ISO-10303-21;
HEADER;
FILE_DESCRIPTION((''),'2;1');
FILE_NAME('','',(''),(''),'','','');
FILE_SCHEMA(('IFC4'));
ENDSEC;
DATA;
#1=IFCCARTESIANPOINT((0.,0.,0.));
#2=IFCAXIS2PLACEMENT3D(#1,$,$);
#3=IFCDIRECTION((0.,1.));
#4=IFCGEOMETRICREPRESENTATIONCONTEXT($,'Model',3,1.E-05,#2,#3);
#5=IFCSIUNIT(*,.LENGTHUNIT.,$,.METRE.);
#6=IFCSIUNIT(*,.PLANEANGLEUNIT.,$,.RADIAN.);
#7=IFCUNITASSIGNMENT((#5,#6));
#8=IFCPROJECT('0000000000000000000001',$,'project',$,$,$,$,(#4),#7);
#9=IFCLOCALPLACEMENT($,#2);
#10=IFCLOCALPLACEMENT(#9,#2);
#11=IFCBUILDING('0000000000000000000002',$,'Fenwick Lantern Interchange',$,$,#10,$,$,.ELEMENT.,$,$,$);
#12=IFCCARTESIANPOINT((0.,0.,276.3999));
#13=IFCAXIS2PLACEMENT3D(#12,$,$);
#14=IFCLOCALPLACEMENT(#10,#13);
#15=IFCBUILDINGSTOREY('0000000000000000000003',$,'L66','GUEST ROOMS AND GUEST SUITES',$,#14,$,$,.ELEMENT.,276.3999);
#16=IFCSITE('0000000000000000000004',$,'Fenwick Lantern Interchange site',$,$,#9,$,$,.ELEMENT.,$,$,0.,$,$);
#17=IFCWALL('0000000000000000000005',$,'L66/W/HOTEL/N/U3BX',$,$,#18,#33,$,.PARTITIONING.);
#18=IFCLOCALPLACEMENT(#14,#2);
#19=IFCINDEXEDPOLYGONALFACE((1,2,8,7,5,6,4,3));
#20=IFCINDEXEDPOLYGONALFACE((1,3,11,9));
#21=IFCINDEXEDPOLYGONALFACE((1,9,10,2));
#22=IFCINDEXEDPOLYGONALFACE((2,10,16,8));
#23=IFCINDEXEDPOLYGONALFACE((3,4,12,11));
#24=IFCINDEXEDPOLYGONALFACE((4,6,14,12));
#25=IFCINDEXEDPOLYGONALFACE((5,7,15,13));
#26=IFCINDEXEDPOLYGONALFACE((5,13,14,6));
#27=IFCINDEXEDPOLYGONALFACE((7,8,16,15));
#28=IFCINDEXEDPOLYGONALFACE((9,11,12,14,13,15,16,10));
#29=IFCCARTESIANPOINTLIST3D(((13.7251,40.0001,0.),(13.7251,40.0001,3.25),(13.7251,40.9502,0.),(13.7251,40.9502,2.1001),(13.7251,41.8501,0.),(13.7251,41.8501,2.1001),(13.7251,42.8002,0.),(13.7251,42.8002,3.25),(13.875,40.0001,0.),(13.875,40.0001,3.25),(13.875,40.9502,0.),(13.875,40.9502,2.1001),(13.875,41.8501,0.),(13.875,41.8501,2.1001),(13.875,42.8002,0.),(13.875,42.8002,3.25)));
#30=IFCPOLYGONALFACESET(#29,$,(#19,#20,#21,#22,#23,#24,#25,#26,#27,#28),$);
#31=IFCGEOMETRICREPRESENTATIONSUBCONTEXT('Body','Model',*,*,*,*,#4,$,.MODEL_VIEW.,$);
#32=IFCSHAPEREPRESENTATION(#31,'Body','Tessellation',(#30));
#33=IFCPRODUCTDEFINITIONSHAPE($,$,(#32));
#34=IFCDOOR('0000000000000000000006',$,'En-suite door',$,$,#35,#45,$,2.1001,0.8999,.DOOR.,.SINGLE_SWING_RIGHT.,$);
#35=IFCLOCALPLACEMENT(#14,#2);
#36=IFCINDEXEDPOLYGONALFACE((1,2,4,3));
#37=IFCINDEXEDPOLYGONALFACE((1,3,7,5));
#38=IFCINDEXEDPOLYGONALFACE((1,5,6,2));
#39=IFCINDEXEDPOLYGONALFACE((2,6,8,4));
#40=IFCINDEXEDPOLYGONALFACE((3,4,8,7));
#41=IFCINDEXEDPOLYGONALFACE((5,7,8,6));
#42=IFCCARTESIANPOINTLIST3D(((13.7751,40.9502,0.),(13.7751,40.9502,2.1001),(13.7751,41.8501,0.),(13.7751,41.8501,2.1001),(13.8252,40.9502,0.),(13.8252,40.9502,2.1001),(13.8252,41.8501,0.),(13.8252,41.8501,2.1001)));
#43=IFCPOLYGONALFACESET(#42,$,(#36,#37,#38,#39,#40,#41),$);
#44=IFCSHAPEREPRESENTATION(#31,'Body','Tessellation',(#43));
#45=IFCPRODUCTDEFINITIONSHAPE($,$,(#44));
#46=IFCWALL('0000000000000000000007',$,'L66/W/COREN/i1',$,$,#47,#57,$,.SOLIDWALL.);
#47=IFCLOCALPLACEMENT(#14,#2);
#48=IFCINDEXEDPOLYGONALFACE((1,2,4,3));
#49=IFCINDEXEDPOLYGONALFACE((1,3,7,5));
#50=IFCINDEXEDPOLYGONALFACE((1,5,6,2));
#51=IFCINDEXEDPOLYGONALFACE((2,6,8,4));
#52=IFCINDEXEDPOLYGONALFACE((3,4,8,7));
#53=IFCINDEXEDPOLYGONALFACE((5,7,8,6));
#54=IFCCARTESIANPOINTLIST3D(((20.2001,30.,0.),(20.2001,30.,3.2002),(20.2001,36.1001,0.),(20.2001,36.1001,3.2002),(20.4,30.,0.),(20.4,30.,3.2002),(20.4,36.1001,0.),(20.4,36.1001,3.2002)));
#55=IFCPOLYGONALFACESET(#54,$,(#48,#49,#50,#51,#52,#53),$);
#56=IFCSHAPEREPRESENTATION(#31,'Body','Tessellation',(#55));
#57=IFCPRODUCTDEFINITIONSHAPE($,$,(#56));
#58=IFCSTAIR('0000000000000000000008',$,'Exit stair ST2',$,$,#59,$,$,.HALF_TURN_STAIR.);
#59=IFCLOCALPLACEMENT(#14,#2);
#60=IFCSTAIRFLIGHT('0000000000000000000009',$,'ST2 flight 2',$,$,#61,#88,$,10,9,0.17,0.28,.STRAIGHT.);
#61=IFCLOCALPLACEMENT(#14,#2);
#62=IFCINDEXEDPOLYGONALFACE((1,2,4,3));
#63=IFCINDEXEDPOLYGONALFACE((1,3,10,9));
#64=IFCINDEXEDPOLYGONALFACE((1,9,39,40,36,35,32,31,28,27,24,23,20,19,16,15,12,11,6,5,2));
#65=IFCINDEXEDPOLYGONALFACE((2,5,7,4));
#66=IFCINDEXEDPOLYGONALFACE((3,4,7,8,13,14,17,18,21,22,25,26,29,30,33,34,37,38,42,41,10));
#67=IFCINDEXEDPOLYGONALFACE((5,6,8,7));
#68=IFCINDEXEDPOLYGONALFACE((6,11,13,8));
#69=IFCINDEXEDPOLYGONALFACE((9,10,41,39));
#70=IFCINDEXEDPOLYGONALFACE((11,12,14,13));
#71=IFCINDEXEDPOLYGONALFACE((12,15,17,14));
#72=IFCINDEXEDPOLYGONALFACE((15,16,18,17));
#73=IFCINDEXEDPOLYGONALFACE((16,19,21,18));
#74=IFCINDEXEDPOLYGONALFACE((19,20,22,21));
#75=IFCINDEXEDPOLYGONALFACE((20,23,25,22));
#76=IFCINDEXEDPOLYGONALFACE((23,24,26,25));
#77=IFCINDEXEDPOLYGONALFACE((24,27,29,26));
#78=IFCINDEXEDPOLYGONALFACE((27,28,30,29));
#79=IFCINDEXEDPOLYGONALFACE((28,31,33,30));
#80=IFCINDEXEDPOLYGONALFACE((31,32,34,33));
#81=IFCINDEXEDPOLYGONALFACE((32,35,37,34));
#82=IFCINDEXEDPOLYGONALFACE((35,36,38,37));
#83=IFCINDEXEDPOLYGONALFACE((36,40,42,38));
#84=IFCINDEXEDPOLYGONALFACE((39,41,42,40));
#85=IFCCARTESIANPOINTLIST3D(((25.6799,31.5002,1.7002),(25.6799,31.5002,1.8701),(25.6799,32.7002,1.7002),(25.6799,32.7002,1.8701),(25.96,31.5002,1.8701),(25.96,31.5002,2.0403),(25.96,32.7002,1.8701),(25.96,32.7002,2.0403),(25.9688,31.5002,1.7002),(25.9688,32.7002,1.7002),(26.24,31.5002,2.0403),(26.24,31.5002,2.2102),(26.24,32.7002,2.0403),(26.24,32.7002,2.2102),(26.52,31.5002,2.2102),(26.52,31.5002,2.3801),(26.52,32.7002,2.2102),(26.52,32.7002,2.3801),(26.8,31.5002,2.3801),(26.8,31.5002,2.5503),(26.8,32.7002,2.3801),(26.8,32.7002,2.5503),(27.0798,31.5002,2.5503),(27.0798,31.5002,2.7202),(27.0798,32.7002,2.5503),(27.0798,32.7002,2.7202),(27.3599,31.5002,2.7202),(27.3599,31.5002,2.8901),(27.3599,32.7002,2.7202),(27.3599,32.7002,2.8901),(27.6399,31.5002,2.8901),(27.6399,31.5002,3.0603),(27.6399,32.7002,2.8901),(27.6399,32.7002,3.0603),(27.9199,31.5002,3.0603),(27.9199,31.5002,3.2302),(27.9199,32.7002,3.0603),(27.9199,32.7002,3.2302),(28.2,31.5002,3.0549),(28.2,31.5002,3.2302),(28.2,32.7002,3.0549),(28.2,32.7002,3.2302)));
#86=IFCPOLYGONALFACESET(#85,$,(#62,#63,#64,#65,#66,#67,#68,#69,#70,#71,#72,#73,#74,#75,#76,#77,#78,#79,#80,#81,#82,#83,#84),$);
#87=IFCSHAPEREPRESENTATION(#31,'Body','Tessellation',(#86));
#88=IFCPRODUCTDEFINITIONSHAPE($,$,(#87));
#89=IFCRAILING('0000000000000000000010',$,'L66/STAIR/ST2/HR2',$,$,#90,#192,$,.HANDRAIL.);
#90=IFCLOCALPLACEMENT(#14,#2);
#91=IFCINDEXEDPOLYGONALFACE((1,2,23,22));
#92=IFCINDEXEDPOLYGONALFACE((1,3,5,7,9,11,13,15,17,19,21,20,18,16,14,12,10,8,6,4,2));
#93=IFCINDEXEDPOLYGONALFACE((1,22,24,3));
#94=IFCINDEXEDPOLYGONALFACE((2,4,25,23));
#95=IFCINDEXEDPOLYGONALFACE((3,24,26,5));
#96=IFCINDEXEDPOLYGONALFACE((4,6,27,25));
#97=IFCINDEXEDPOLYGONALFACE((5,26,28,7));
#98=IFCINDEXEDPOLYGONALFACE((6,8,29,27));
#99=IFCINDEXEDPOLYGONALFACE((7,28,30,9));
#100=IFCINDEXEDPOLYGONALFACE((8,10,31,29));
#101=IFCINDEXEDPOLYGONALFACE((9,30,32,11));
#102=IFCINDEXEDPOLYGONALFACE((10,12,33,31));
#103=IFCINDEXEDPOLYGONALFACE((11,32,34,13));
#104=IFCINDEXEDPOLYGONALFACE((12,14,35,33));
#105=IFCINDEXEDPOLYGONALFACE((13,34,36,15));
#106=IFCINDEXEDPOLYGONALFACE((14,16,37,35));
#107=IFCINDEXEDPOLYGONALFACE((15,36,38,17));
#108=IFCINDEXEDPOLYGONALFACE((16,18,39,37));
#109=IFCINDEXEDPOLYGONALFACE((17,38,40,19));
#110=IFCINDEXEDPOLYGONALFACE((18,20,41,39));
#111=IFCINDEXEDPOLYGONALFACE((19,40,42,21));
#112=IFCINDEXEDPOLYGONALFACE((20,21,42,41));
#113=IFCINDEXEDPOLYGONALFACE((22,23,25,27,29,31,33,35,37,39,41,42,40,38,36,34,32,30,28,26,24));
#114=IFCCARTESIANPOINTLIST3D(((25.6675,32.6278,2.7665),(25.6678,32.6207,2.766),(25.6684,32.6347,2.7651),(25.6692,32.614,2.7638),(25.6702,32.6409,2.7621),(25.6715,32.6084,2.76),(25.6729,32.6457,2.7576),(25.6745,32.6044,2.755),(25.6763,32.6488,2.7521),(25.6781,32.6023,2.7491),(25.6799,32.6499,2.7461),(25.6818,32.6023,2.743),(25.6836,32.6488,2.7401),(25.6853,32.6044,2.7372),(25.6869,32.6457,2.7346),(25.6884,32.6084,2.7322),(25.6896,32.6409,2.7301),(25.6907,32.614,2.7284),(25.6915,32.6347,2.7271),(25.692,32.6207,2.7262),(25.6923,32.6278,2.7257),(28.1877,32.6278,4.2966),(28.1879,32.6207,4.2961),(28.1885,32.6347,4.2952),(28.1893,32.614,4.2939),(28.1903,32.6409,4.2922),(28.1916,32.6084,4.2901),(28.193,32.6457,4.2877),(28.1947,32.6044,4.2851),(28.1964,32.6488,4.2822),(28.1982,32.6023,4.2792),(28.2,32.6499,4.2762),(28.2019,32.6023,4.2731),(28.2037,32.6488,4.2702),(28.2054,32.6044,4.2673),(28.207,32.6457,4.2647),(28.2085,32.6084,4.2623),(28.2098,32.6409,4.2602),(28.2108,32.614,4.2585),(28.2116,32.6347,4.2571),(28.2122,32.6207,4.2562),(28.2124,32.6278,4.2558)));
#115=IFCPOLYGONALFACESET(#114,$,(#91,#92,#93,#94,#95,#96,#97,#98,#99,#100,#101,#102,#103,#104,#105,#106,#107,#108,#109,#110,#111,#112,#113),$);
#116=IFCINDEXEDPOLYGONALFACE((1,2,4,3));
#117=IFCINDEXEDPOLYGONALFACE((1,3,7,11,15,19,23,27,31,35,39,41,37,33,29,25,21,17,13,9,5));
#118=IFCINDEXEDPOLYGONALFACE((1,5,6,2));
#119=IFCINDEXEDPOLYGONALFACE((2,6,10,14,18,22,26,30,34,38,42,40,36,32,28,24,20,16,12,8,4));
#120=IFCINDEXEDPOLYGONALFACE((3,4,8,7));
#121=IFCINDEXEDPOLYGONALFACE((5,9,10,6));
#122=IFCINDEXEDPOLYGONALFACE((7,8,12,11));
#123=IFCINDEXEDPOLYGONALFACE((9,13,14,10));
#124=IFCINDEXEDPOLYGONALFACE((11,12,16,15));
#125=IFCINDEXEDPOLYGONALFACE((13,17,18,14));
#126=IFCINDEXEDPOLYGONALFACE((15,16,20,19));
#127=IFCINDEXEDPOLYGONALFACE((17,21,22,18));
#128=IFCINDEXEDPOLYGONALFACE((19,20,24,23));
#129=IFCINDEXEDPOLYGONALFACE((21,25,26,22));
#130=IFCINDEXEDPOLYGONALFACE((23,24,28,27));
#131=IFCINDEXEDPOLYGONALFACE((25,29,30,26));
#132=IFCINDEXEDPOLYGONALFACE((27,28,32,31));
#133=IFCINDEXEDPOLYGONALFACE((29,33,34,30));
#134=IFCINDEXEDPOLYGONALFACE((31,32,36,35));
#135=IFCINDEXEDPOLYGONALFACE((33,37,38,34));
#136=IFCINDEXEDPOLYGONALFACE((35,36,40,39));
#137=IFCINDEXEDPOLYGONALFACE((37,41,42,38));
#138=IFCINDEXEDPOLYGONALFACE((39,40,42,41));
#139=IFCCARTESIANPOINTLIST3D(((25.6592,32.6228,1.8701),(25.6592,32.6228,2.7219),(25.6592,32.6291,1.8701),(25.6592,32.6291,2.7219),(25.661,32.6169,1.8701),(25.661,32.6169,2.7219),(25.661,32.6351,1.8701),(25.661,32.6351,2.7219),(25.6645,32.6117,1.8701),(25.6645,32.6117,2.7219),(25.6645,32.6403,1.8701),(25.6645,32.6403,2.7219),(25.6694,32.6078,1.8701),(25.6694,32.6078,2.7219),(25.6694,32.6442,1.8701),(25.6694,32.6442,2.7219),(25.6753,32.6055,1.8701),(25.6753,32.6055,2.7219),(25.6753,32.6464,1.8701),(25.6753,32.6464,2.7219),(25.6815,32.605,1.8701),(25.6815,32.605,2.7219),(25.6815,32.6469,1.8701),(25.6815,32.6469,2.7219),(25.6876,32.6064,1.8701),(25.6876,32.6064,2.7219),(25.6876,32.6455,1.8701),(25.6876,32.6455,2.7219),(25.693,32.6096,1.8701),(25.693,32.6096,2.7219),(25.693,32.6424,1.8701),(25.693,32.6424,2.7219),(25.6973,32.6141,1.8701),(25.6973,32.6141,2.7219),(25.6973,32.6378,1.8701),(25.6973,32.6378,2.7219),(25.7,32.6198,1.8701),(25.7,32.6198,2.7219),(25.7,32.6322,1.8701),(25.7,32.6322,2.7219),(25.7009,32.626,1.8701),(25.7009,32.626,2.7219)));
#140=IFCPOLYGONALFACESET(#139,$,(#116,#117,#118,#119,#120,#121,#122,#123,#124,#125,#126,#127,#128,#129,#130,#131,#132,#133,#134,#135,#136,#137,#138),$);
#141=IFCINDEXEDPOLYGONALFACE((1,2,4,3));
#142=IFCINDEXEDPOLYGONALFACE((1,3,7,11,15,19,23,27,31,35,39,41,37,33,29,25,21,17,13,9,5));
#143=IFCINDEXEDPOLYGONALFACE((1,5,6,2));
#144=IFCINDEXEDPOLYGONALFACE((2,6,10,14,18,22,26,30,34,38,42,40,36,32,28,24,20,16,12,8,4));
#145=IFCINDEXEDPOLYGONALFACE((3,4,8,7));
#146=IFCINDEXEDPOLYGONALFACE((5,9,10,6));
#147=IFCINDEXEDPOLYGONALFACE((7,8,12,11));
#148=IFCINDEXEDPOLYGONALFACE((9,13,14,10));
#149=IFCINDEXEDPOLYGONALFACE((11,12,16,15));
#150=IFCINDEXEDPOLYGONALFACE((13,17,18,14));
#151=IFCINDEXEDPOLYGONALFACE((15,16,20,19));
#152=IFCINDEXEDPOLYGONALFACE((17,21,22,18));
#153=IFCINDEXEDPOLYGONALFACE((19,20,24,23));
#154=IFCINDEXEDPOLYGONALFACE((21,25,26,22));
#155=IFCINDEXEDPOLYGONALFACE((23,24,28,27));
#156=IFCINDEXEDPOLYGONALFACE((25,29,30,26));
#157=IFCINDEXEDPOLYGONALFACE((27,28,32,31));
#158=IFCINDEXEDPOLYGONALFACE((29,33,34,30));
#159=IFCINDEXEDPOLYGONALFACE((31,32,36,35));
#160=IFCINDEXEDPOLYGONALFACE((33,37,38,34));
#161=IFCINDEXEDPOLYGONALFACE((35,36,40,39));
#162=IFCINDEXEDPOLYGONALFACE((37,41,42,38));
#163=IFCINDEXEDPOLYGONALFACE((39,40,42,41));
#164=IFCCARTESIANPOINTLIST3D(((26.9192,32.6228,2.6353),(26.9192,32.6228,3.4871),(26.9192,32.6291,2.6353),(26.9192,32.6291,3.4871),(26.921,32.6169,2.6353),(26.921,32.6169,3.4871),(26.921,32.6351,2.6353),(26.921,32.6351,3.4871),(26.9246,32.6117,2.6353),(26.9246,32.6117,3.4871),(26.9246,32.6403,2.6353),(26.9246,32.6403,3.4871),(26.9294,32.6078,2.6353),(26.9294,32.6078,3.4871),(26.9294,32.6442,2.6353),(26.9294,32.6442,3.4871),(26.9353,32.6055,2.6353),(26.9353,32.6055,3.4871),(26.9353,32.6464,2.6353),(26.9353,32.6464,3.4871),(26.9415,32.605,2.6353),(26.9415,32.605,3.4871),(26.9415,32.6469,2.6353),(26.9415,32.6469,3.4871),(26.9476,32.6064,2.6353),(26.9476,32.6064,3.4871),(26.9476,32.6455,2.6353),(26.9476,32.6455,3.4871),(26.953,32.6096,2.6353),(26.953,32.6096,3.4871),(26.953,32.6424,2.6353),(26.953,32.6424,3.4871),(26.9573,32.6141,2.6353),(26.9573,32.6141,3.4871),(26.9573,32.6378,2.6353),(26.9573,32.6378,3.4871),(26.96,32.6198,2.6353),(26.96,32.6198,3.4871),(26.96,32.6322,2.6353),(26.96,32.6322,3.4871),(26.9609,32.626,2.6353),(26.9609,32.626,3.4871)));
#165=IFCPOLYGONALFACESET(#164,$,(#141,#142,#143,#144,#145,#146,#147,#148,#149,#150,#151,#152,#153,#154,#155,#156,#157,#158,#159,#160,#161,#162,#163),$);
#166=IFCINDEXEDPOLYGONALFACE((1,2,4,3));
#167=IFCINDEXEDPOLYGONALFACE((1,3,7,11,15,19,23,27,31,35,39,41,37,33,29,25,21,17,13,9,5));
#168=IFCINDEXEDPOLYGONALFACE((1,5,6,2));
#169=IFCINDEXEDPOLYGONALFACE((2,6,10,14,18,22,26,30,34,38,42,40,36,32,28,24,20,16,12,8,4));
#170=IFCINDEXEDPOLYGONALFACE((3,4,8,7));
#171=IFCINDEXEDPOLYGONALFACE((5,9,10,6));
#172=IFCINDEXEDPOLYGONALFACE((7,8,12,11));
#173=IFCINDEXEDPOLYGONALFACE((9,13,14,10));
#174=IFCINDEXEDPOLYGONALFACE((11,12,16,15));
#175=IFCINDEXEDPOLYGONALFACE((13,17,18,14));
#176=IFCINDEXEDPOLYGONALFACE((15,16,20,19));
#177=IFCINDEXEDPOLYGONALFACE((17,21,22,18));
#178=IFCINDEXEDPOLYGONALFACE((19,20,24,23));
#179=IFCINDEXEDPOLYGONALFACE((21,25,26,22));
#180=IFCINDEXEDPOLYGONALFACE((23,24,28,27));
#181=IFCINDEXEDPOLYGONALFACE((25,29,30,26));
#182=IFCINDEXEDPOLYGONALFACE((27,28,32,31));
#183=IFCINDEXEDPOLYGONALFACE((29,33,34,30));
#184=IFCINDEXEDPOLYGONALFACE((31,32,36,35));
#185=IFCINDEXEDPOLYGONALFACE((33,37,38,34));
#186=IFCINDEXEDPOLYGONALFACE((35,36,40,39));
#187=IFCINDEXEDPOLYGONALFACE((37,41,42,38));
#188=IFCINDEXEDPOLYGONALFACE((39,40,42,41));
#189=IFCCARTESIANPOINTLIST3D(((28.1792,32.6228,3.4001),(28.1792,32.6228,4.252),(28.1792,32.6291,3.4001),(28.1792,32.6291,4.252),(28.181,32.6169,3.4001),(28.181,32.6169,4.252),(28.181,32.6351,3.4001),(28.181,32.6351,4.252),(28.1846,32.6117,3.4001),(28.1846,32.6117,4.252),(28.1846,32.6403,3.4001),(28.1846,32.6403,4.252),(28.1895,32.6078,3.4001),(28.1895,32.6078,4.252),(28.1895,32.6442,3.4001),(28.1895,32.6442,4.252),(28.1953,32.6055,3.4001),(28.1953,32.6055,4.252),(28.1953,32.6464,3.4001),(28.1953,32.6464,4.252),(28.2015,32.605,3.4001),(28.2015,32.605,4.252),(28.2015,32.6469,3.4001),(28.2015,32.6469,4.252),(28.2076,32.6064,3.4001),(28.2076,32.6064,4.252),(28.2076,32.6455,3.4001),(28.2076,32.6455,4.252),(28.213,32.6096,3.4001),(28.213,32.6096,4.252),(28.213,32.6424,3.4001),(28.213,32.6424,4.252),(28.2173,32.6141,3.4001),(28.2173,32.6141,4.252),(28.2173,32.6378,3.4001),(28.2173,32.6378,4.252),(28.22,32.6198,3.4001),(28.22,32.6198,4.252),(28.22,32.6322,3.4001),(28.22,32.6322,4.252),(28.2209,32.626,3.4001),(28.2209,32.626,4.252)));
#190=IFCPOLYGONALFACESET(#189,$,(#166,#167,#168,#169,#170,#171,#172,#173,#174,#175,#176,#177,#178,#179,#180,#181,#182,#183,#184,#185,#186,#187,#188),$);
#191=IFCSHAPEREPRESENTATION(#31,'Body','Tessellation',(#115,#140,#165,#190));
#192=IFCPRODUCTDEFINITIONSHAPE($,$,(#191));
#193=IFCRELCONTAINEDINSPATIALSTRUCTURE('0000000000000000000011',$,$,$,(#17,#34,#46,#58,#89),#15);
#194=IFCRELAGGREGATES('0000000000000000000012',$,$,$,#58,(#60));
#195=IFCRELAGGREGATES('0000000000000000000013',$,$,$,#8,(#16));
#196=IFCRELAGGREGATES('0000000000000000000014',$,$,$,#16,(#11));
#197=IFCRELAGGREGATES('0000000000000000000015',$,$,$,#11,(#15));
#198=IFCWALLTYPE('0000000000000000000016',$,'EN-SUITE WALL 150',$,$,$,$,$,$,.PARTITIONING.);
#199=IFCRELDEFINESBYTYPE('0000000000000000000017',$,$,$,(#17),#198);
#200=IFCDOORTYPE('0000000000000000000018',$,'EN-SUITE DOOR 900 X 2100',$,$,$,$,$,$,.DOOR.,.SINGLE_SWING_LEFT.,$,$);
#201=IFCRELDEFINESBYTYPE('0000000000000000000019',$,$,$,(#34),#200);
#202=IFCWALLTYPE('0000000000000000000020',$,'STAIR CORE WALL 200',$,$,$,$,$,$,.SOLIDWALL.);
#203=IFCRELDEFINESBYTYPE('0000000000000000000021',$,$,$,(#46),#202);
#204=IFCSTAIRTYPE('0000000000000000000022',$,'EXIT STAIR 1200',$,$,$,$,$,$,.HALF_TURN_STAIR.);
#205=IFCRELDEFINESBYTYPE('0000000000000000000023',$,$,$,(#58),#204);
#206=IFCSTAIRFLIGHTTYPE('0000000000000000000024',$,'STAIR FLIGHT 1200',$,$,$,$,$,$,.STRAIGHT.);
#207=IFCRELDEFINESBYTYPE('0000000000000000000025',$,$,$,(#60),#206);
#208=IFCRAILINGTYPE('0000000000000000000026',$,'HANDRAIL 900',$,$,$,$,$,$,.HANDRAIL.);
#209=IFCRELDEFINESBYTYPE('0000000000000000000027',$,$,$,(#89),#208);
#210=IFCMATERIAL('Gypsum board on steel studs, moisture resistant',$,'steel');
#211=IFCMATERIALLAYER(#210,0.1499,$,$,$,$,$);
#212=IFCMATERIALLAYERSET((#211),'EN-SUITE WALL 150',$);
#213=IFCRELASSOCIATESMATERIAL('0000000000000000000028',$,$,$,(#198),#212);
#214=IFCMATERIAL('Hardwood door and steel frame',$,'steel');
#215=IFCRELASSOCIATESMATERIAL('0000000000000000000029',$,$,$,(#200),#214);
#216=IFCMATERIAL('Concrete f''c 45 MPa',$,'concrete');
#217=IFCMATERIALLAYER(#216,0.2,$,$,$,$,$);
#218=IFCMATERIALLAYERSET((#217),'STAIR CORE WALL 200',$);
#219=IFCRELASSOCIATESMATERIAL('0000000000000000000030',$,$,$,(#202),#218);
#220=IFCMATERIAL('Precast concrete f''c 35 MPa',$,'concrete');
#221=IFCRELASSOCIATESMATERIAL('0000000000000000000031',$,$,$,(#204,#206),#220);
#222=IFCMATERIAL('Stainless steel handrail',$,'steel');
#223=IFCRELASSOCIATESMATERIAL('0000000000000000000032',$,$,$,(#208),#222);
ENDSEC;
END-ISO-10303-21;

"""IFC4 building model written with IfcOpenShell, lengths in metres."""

from ifc_helpers import new_model, si_unit, direction, frame, frame_2d, origin, origin_2d, place, context, subcontext, project, spatial, polyline, rectangle, circle, outline, extrude, material, layer, layer_set, type_object, element, fill, aggregate, save


model = new_model("IFC4")

# Units and contexts
model_context = context("Model", 3, precision=1e-05, world=origin(), true_north=direction((0.0, 1.0)))
body_context = subcontext(model_context, "Body", "Model", "MODEL_VIEW")
ifc_project = project(units=[si_unit("LENGTHUNIT", "METRE"), si_unit("PLANEANGLEUNIT", "RADIAN")], contexts=[model_context])

# Site, building, storey
site_placement = place(None, origin())
site = spatial("IfcSite", under=ifc_project, at=site_placement, Name="Fenwick Lantern Interchange site", CompositionType="ELEMENT", RefElevation=0.0)
building_placement = place(site_placement, origin())
building = spatial("IfcBuilding", under=site, at=building_placement, Name="Fenwick Lantern Interchange", CompositionType="ELEMENT")
storey_placement = place(building_placement, frame((0.0, 0.0, 276.3999)))
storey = spatial("IfcBuildingStorey", under=building, at=storey_placement, Name="L66", Description="GUEST ROOMS AND GUEST SUITES", CompositionType="ELEMENT", Elevation=276.3999)

# Shared definitions
ifc_material_1 = material(Name="Hardwood door and steel frame", Category="steel")

# Shared definitions
ifc_material_2 = material(Name="Gypsum board on steel studs, moisture resistant", Category="steel")
ifc_layer_1 = layer(ifc_material_2, 0.1499)
ifc_layer_set_1 = layer_set([ifc_layer_1], Name="EN-SUITE WALL 150")
wall_type_1 = type_object("IfcWallType", Name="EN-SUITE WALL 150", PredefinedType="PARTITIONING", material=ifc_layer_set_1)

# Wall, opening, door
wall_1_placement = place(storey_placement, frame((13.8, 42.8, 0.0), z_axis=(0.0, 0.0, 1.0), x_axis=(0.0, -1.0, 0.0)))
wall_1 = element("IfcWall", 1, at=wall_1_placement, inside=storey, type_object=wall_type_1, Name="L66/W/HOTEL/N/U3BX", PredefinedType="PARTITIONING", context=body_context, shape_type="SweptSolid", body=[
    extrude(rectangle(XDim=2.8, YDim=0.1499, at=frame_2d((1.3999, 0.0))), origin(), (0.0, 0.0, 1.0), 3.25),
])
opening_1_placement = place(wall_1_placement, frame((0.95, 0.0, 0.0)))
opening_1 = element("IfcOpeningElement", 2, at=opening_1_placement, cuts=wall_1, PredefinedType="OPENING", context=body_context, shape_type="SweptSolid", body=[
    extrude(rectangle(XDim=0.8999, YDim=2.1001, at=frame_2d((0.45, 1.05))), frame((0.0, 0.085, 0.0), z_axis=(0.0, -1.0, 0.0), x_axis=(1.0, 0.0, 0.0)), (0.0, 0.0, 1.0), 0.1699),
])
door_type_1 = type_object("IfcDoorType", Name="EN-SUITE DOOR 900 X 2100", OperationType="SINGLE_SWING_LEFT", PredefinedType="DOOR", material=ifc_material_1)
door_1_placement = place(opening_1_placement, frame((0.8999, 0.0, 0.0), z_axis=(0.0, 0.0, 1.0), x_axis=(-1.0, 0.0, 0.0)))
door_1 = element("IfcDoor", 3, at=door_1_placement, inside=storey, type_object=door_type_1, Name="En-suite door", OperationType="SINGLE_SWING_RIGHT", OverallHeight=2.1001, OverallWidth=0.8999, PredefinedType="DOOR", context=body_context, shape_type="SweptSolid", body=[
    extrude(rectangle(XDim=0.8999, YDim=2.1001, at=frame_2d((0.45, 1.05))), frame((0.0, 0.0249, 0.0), z_axis=(0.0, -1.0, 0.0), x_axis=(1.0, 0.0, 0.0)), (0.0, 0.0, 1.0), 0.05),
])
fill(opening_1, door_1)

# Wall
ifc_material_3 = material(Name="Concrete f'c 45 MPa", Category="concrete")
ifc_layer_2 = layer(ifc_material_3, 0.2)
ifc_layer_set_2 = layer_set([ifc_layer_2], Name="STAIR CORE WALL 200")
wall_type_2 = type_object("IfcWallType", Name="STAIR CORE WALL 200", PredefinedType="SOLIDWALL", material=ifc_layer_set_2)
wall_2_placement = place(storey_placement, frame((20.3, 36.1001, 0.0), z_axis=(0.0, 0.0, 1.0), x_axis=(0.0, -1.0, 0.0)))
element("IfcWall", 4, at=wall_2_placement, inside=storey, type_object=wall_type_2, Name="L66/W/COREN/i1", PredefinedType="SOLIDWALL", context=body_context, shape_type="SweptSolid", body=[
    extrude(rectangle(XDim=6.1001, YDim=0.2, at=frame_2d((3.05, 0.0))), origin(), (0.0, 0.0, 1.0), 3.2002),
])

# Stair, stair flight
ifc_material_4 = material(Name="Precast concrete f'c 35 MPa", Category="concrete")
stair_type = type_object("IfcStairType", Name="EXIT STAIR 1200", PredefinedType="HALF_TURN_STAIR", material=ifc_material_4)
stair_placement = place(storey_placement, origin())
stair = element("IfcStair", 5, at=stair_placement, inside=storey, type_object=stair_type, Name="Exit stair ST2", PredefinedType="HALF_TURN_STAIR")
stair_flight_type = type_object("IfcStairFlightType", Name="STAIR FLIGHT 1200", PredefinedType="STRAIGHT", material=ifc_material_4)
stair_flight_placement = place(storey_placement, frame((25.6799, 32.1001, 1.7002), z_axis=(0.0, 0.0, 1.0), x_axis=(1.0, 0.0, 0.0)))
stair_flight = element("IfcStairFlight", 6, at=stair_flight_placement, type_object=stair_flight_type, Name="ST2 flight 2", NumberOfRisers=10, NumberOfTreads=9, PredefinedType="STRAIGHT", RiserHeight=0.17, TreadLength=0.28, context=body_context, shape_type="SweptSolid", body=[
    extrude(outline(polyline([(0.0, 0.0), (0.0, 0.1699), (0.28, 0.1699), (0.28, 0.3401), (0.5601, 0.3401), (0.5601, 0.51), (0.8401, 0.51), (0.8401, 0.6799), (1.1201, 0.6799), (1.1201, 0.8501), (1.3999, 0.8501), (1.3999, 1.02), (1.6799, 1.02), (1.6799, 1.1899), (1.96, 1.1899), (1.96, 1.3601), (2.24, 1.3601), (2.24, 1.53), (2.52, 1.53), (2.52, 1.7), (2.52, 1.3547), (0.2888, 0.0), (0.0, 0.0)])), frame((0.0, 0.6001, 0.0), z_axis=(0.0, -1.0, 0.0), x_axis=(1.0, 0.0, 0.0)), (0.0, 0.0, 1.0), 1.2),
])
aggregate(stair, [stair_flight])

# Railing
ifc_material_5 = material(Name="Stainless steel handrail", Category="steel")
railing_type = type_object("IfcRailingType", Name="HANDRAIL 900", PredefinedType="HANDRAIL", material=ifc_material_5)
railing_placement = place(storey_placement, frame((25.6799, 32.626, 1.8701)))
element("IfcRailing", 7, at=railing_placement, inside=storey, type_object=railing_type, Name="L66/STAIR/ST2/HR2", PredefinedType="HANDRAIL", context=body_context, shape_type="SweptSolid", body=[
    extrude(circle(Radius=0.0239, at=origin_2d()), frame((0.0, 0.0, 0.876), z_axis=(0.854785, 0.0, 0.518982), x_axis=(0.0, 1.0, 0.0)), (0.0, 0.0, 1.0), 2.9482),
    extrude(circle(Radius=0.021, at=origin_2d()), origin(), (0.0, 0.0, 1.0), 0.8518),
    extrude(circle(Radius=0.021, at=origin_2d()), frame((1.26, 0.0, 0.7651)), (0.0, 0.0, 1.0), 0.8518),
    extrude(circle(Radius=0.021, at=origin_2d()), frame((2.52, 0.0, 1.53)), (0.0, 0.0, 1.0), 0.8518),
])

save(model, "model.ifc")
